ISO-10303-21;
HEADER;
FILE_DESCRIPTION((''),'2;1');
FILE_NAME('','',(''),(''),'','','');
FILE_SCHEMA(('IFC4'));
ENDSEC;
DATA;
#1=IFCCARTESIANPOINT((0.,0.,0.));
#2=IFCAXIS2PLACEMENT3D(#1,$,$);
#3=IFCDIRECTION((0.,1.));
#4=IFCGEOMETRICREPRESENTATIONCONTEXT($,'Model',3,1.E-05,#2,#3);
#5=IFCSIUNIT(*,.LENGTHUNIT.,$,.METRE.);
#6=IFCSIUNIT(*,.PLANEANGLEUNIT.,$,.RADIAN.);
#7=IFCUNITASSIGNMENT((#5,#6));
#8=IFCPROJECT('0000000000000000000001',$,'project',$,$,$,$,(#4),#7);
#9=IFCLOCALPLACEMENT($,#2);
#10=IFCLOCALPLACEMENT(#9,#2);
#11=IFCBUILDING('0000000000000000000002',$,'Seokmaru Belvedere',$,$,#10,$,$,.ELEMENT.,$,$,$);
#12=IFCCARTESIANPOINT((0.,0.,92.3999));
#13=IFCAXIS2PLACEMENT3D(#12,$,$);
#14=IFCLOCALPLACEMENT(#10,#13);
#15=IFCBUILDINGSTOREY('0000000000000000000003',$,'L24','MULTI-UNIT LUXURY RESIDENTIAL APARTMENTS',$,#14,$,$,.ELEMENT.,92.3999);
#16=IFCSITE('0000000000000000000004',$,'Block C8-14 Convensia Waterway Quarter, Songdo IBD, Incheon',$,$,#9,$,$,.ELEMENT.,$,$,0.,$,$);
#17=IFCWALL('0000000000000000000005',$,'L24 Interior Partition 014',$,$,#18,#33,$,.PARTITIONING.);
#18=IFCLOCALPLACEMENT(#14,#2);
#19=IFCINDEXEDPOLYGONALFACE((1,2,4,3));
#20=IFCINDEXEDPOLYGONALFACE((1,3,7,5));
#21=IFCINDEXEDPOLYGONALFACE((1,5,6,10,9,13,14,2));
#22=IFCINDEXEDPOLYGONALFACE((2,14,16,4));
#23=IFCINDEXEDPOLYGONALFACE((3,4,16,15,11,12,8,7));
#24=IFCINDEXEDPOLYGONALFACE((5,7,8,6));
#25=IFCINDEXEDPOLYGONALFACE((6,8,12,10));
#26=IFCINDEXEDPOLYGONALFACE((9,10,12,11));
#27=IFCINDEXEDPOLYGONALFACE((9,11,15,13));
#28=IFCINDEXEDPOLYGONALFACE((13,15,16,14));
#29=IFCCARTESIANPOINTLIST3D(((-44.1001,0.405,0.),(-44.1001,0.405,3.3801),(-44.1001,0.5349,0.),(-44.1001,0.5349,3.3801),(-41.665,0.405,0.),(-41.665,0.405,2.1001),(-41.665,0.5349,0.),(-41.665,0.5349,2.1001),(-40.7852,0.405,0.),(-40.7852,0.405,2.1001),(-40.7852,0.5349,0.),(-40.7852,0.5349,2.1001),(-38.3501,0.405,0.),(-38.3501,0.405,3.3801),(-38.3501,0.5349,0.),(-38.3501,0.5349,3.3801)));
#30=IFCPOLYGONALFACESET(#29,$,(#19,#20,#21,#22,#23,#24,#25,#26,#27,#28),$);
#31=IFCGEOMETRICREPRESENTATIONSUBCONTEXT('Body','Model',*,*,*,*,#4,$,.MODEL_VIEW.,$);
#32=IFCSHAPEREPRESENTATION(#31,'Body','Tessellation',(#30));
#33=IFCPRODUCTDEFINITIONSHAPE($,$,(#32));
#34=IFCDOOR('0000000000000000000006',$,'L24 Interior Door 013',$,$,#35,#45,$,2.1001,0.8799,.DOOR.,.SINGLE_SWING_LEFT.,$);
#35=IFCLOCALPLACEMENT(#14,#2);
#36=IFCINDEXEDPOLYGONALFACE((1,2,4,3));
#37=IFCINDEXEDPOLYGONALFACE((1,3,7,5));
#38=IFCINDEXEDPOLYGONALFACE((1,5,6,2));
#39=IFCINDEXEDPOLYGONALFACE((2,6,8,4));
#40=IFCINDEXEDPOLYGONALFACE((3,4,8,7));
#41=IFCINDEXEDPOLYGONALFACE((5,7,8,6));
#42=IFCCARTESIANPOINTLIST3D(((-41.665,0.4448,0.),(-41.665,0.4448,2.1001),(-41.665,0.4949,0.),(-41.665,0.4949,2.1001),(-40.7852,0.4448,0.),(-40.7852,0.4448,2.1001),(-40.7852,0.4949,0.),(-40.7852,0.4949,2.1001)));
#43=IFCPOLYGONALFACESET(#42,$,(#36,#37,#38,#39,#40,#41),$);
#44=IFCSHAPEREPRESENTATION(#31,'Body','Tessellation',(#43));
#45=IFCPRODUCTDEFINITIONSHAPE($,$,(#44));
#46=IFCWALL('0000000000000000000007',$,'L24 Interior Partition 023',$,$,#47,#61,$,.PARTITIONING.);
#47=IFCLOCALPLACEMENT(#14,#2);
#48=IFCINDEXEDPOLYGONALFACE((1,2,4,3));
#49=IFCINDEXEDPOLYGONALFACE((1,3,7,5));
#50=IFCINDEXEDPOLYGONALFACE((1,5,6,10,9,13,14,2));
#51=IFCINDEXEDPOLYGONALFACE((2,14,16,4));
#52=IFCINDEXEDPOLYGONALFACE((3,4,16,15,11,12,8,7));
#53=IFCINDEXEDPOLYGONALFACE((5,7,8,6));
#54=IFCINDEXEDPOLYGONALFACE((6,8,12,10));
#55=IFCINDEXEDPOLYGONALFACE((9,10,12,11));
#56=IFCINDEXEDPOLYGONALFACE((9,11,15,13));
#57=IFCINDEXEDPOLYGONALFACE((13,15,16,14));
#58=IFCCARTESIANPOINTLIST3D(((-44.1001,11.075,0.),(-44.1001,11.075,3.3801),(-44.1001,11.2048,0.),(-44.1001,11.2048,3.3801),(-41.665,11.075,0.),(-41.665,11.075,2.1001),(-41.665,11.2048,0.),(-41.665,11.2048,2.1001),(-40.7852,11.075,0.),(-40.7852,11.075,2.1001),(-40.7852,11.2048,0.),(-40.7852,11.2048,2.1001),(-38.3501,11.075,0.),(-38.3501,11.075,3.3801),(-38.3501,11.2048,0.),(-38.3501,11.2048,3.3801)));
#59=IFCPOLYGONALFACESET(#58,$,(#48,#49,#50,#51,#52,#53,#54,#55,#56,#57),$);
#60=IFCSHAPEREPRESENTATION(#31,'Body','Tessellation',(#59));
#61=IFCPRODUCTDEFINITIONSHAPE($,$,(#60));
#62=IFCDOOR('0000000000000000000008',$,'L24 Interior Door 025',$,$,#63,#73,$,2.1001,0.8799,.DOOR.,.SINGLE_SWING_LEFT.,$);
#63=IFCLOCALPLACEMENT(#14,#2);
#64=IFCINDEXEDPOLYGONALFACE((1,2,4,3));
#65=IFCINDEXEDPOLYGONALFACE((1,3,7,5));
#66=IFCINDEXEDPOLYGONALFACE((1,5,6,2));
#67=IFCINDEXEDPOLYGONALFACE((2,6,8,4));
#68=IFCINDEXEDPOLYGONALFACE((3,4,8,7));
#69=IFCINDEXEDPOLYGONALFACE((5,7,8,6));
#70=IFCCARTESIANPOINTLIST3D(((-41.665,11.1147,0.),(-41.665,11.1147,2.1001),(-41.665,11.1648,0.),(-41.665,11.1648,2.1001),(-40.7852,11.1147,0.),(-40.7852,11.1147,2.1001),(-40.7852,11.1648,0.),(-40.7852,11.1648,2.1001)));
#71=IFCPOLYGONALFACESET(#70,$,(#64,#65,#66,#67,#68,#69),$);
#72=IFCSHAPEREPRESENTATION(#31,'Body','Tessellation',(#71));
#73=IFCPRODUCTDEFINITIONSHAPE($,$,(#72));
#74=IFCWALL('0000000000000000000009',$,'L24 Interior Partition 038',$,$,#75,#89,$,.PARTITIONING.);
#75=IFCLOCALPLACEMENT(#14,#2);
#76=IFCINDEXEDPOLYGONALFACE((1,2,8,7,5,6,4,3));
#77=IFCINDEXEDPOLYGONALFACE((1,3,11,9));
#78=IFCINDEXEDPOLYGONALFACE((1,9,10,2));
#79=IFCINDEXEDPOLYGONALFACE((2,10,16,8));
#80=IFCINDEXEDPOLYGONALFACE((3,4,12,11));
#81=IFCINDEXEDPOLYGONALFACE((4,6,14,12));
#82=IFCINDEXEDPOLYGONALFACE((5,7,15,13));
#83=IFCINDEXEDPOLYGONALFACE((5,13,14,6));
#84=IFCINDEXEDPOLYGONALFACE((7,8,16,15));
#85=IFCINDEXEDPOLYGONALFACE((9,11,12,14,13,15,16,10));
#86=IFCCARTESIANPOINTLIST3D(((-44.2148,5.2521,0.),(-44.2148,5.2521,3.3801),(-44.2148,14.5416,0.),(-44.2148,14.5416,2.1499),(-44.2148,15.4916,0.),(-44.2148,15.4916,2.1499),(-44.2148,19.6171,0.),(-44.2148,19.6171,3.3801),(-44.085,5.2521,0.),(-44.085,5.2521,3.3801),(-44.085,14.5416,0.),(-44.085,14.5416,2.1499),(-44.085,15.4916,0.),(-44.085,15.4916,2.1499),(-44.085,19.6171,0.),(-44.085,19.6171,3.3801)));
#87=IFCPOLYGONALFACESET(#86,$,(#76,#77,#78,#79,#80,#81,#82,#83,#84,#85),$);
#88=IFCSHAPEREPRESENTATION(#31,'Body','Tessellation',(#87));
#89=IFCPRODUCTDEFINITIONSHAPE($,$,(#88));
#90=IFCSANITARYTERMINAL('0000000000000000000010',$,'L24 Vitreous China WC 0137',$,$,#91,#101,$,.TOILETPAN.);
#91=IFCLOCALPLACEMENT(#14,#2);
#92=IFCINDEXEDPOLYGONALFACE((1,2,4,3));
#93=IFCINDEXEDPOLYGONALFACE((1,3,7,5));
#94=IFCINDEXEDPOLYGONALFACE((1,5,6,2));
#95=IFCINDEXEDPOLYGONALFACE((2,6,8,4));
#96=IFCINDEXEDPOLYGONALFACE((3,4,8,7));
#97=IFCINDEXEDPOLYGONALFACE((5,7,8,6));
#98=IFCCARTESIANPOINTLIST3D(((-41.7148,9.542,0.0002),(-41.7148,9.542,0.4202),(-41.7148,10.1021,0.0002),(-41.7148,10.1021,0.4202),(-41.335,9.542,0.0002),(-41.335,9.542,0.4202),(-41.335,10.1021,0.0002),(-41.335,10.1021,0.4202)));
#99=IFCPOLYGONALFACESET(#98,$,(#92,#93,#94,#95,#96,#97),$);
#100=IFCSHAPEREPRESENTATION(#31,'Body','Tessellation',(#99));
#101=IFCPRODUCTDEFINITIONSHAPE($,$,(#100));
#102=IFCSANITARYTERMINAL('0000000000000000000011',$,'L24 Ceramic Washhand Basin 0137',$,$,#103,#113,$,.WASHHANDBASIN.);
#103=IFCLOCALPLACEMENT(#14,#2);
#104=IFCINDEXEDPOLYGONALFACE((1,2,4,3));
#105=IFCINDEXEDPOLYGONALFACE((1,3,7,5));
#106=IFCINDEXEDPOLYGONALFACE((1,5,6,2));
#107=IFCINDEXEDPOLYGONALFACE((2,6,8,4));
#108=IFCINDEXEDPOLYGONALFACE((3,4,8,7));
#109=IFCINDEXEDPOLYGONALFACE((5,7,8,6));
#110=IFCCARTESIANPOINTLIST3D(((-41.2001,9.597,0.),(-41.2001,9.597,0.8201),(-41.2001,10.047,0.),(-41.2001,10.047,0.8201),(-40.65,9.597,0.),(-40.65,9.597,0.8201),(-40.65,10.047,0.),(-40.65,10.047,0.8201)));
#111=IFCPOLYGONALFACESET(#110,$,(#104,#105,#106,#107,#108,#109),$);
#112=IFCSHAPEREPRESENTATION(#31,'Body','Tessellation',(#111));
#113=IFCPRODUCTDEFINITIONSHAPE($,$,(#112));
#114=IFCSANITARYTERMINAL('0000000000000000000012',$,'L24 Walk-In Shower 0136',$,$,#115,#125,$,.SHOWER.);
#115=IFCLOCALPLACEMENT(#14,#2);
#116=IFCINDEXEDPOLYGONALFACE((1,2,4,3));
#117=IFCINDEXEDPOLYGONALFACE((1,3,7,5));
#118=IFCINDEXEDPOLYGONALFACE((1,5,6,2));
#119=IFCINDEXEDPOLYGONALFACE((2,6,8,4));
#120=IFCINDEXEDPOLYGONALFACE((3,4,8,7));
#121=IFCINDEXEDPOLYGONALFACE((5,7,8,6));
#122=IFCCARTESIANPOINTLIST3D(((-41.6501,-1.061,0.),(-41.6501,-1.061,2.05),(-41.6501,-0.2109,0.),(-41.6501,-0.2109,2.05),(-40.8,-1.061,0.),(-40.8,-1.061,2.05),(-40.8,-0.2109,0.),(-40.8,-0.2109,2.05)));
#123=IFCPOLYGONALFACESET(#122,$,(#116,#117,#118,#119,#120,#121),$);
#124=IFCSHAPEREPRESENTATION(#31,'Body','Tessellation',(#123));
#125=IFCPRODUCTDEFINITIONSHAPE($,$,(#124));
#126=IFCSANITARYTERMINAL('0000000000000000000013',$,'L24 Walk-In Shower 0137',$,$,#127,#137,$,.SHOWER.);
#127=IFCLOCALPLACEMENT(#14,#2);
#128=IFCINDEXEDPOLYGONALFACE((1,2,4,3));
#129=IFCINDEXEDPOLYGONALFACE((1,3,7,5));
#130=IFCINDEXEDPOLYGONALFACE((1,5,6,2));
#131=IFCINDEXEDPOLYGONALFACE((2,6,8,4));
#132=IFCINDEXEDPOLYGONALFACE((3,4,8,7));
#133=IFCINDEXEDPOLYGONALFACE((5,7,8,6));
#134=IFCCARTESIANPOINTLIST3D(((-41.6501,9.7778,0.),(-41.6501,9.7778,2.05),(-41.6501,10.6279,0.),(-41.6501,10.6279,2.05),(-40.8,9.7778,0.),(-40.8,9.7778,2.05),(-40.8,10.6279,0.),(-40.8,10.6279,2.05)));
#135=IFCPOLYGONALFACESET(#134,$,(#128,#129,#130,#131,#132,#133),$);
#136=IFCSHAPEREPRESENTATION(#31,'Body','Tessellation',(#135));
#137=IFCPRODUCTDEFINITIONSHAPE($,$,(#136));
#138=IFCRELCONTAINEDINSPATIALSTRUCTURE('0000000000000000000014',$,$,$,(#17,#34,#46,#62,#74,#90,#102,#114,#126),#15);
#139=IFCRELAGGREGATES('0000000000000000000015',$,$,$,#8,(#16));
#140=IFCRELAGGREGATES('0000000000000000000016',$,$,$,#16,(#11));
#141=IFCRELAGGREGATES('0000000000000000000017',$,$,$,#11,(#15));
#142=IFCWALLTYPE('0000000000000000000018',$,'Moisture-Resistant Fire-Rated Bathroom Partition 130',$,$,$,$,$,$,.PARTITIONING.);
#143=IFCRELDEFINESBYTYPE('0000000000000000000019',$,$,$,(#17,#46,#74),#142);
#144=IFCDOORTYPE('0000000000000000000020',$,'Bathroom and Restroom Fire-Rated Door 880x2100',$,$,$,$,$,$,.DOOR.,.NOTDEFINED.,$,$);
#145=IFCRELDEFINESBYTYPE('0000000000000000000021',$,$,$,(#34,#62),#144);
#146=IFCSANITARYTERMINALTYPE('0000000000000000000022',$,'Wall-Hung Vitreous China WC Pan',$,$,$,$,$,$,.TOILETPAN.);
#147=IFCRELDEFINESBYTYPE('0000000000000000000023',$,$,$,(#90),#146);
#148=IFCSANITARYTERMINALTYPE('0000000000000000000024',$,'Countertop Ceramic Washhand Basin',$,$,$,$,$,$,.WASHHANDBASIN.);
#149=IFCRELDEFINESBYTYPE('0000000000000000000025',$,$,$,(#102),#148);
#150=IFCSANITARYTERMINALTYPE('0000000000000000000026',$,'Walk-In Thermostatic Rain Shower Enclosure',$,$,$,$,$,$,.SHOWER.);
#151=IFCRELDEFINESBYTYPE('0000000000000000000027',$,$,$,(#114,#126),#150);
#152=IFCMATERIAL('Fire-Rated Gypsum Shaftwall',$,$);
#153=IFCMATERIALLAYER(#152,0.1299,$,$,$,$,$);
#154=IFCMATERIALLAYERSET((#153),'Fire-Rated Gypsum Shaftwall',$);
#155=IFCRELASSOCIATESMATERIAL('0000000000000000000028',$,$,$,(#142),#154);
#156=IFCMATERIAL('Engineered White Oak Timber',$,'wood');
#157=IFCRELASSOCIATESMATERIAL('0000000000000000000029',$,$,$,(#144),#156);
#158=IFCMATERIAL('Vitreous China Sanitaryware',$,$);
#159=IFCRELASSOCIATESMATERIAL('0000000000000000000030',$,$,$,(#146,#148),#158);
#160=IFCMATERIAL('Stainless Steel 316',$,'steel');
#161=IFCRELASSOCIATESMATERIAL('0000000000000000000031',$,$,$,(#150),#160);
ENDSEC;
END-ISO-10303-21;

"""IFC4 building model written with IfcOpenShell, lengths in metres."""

from ifc_helpers import new_model, si_unit, direction, frame, frame_2d, origin, origin_2d, place, context, subcontext, project, spatial, rectangle, extrude, source, transform, mapped, material, layer, layer_set, type_object, type_shapes, element, fill, save


model = new_model("IFC4")

# Units and contexts
model_context = context("Model", 3, precision=1e-05, world=origin(), true_north=direction((0.0, 1.0)))
body_context = subcontext(model_context, "Body", "Model", "MODEL_VIEW")
ifc_project = project(units=[si_unit("LENGTHUNIT", "METRE"), si_unit("PLANEANGLEUNIT", "RADIAN")], contexts=[model_context])

# Site, building, storey
site_placement = place(None, origin())
site = spatial("IfcSite", under=ifc_project, at=site_placement, Name="Block C8-14 Convensia Waterway Quarter, Songdo IBD, Incheon", CompositionType="ELEMENT", RefElevation=0.0)
building_placement = place(site_placement, origin())
building = spatial("IfcBuilding", under=site, at=building_placement, Name="Seokmaru Belvedere", CompositionType="ELEMENT")
storey_placement = place(building_placement, frame((0.0, 0.0, 92.3999)))
storey = spatial("IfcBuildingStorey", under=building, at=storey_placement, Name="L24", Description="MULTI-UNIT LUXURY RESIDENTIAL APARTMENTS", CompositionType="ELEMENT", Elevation=92.3999)

# Walls, openings, doors
ifc_material_1 = material(Name="Fire-Rated Gypsum Shaftwall")
ifc_material_2 = material(Name="Engineered White Oak Timber", Category="wood")
ifc_layer_1 = layer(ifc_material_1, 0.1299)
ifc_layer_set_1 = layer_set([ifc_layer_1], Name="Fire-Rated Gypsum Shaftwall")
wall_type_1 = type_object("IfcWallType", Name="Moisture-Resistant Fire-Rated Bathroom Partition 130", PredefinedType="PARTITIONING", material=ifc_layer_set_1)
wall_1_placement = place(storey_placement, frame((-44.1001, 0.47, 0.0), z_axis=(0.0, 0.0, 1.0), x_axis=(1.0, 0.0, 0.0)))
wall_1 = element("IfcWall", 1, at=wall_1_placement, inside=storey, type_object=wall_type_1, Name="L24 Interior Partition 014", PredefinedType="PARTITIONING", context=body_context, shape_type="SweptSolid", body=[
    extrude(rectangle(XDim=5.75, YDim=0.1299, at=frame_2d((2.875, 0.0))), origin(), (0.0, 0.0, 1.0), 3.3801),
])
opening_1_placement = place(wall_1_placement, frame((2.4351, 0.0, 0.0)))
opening_1 = element("IfcOpeningElement", 2, at=opening_1_placement, cuts=wall_1, PredefinedType="OPENING", context=body_context, shape_type="SweptSolid", body=[
    extrude(rectangle(XDim=0.8799, YDim=2.1001, at=frame_2d((0.4399, 1.05))), frame((0.0, 0.075, 0.0), z_axis=(0.0, -1.0, 0.0), x_axis=(1.0, 0.0, 0.0)), (0.0, 0.0, 1.0), 0.1499),
])
door_type_1 = type_object("IfcDoorType", Name="Bathroom and Restroom Fire-Rated Door 880x2100", OperationType="NOTDEFINED", PredefinedType="DOOR", material=ifc_material_2)
shared_shape_1 = source(origin(), body_context, "Body", "SweptSolid", [
    extrude(rectangle(XDim=0.8799, YDim=2.1001, at=frame_2d((0.4399, 1.05))), frame((0.0, 0.0249, 0.0), z_axis=(0.0, -1.0, 0.0), x_axis=(1.0, 0.0, 0.0)), (0.0, 0.0, 1.0), 0.05),
])
type_shapes(door_type_1, [shared_shape_1])
door_1_placement = place(opening_1_placement, origin())
door_1 = element("IfcDoor", 3, at=door_1_placement, inside=storey, type_object=door_type_1, Name="L24 Interior Door 013", OperationType="SINGLE_SWING_LEFT", OverallHeight=2.1001, OverallWidth=0.8799, PredefinedType="DOOR", context=body_context, shape_type="MappedRepresentation", body=[
    mapped(shared_shape_1, transform((0.0, 0.0, 0.0), scale=1.0)),
])
fill(opening_1, door_1)
wall_2_placement = place(storey_placement, frame((-44.1001, 11.1399, 0.0), z_axis=(0.0, 0.0, 1.0), x_axis=(1.0, 0.0, 0.0)))
wall_2 = element("IfcWall", 4, at=wall_2_placement, inside=storey, type_object=wall_type_1, Name="L24 Interior Partition 023", PredefinedType="PARTITIONING", context=body_context, shape_type="SweptSolid", body=[
    extrude(rectangle(XDim=5.75, YDim=0.1299, at=frame_2d((2.875, 0.0))), origin(), (0.0, 0.0, 1.0), 3.3801),
])
opening_2_placement = place(wall_2_placement, frame((2.4351, 0.0, 0.0)))
opening_2 = element("IfcOpeningElement", 5, at=opening_2_placement, cuts=wall_2, PredefinedType="OPENING", context=body_context, shape_type="SweptSolid", body=[
    extrude(rectangle(XDim=0.8799, YDim=2.1001, at=frame_2d((0.4399, 1.05))), frame((0.0, 0.075, 0.0), z_axis=(0.0, -1.0, 0.0), x_axis=(1.0, 0.0, 0.0)), (0.0, 0.0, 1.0), 0.1499),
])
door_2_placement = place(opening_2_placement, origin())
door_2 = element("IfcDoor", 6, at=door_2_placement, inside=storey, type_object=door_type_1, Name="L24 Interior Door 025", OperationType="SINGLE_SWING_LEFT", OverallHeight=2.1001, OverallWidth=0.8799, PredefinedType="DOOR", context=body_context, shape_type="MappedRepresentation", body=[
    mapped(shared_shape_1, transform((0.0, 0.0, 0.0), scale=1.0)),
])
fill(opening_2, door_2)

# Wall, opening
wall_3_placement = place(storey_placement, frame((-44.1499, 5.252, 0.0), z_axis=(0.0, 0.0, 1.0), x_axis=(0.0, 1.0, 0.0)))
wall_3 = element("IfcWall", 7, at=wall_3_placement, inside=storey, type_object=wall_type_1, Name="L24 Interior Partition 038", PredefinedType="PARTITIONING", context=body_context, shape_type="SweptSolid", body=[
    extrude(rectangle(XDim=14.365, YDim=0.1299, at=frame_2d((7.1826, 0.0))), origin(), (0.0, 0.0, 1.0), 3.3801),
])
opening_3_placement = place(wall_3_placement, frame((9.2896, 0.0, 0.0)))
element("IfcOpeningElement", 8, at=opening_3_placement, cuts=wall_3, PredefinedType="OPENING", context=body_context, shape_type="SweptSolid", body=[
    extrude(rectangle(XDim=0.95, YDim=2.1499, at=frame_2d((0.4751, 1.075))), frame((0.0, 0.075, 0.0), z_axis=(0.0, -1.0, 0.0), x_axis=(1.0, 0.0, 0.0)), (0.0, 0.0, 1.0), 0.1499),
])

# Sanitary terminals
ifc_material_3 = material(Name="Vitreous China Sanitaryware")
sanitary_terminal_type_1 = type_object("IfcSanitaryTerminalType", Name="Wall-Hung Vitreous China WC Pan", PredefinedType="TOILETPAN", material=ifc_material_3)
shared_shape_2 = source(origin(), body_context, "Body", "SweptSolid", [
    extrude(rectangle(XDim=0.3799, YDim=0.5601, at=origin_2d()), origin(), (0.0, 0.0, 1.0), 0.4199),
])
type_shapes(sanitary_terminal_type_1, [shared_shape_2])
sanitary_terminal_1_placement = place(storey_placement, frame((-41.5249, 9.822, 0.0002), z_axis=(0.0, 0.0, 1.0), x_axis=(1.0, 0.0, 0.0)))
element("IfcSanitaryTerminal", 9, at=sanitary_terminal_1_placement, inside=storey, type_object=sanitary_terminal_type_1, Name="L24 Vitreous China WC 0137", PredefinedType="TOILETPAN", context=body_context, shape_type="MappedRepresentation", body=[
    mapped(shared_shape_2, transform((0.0, 0.0, 0.0), scale=1.0)),
])
sanitary_terminal_type_2 = type_object("IfcSanitaryTerminalType", Name="Countertop Ceramic Washhand Basin", PredefinedType="WASHHANDBASIN", material=ifc_material_3)
shared_shape_3 = source(origin(), body_context, "Body", "SweptSolid", [
    extrude(rectangle(XDim=0.55, YDim=0.45, at=origin_2d()), origin(), (0.0, 0.0, 1.0), 0.8201),
])
type_shapes(sanitary_terminal_type_2, [shared_shape_3])
sanitary_terminal_2_placement = place(storey_placement, frame((-40.925, 9.822, 0.0), z_axis=(0.0, 0.0, 1.0), x_axis=(1.0, 0.0, 0.0)))
element("IfcSanitaryTerminal", 10, at=sanitary_terminal_2_placement, inside=storey, type_object=sanitary_terminal_type_2, Name="L24 Ceramic Washhand Basin 0137", PredefinedType="WASHHANDBASIN", context=body_context, shape_type="MappedRepresentation", body=[
    mapped(shared_shape_3, transform((0.0, 0.0, 0.0), scale=1.0)),
])
ifc_material_4 = material(Name="Stainless Steel 316", Category="steel")
sanitary_terminal_type_3 = type_object("IfcSanitaryTerminalType", Name="Walk-In Thermostatic Rain Shower Enclosure", PredefinedType="SHOWER", material=ifc_material_4)
shared_shape_4 = source(origin(), body_context, "Body", "SweptSolid", [
    extrude(rectangle(XDim=0.8501, YDim=0.8501, at=origin_2d()), origin(), (0.0, 0.0, 1.0), 2.05),
])
type_shapes(sanitary_terminal_type_3, [shared_shape_4])
for number, where, z_axis, x_axis, name in (
    (11, (-41.2251, -0.636, 0.0), (0.0, 0.0, 1.0), (1.0, 0.0, 0.0), "L24 Walk-In Shower 0136"),
    (12, (-41.2251, 10.2029, 0.0), (0.0, 0.0, 1.0), (1.0, 0.0, 0.0), "L24 Walk-In Shower 0137"),
):
    element("IfcSanitaryTerminal", number, at=place(storey_placement, frame(where, z_axis=z_axis, x_axis=x_axis)), inside=storey, type_object=sanitary_terminal_type_3, Name=name, PredefinedType="SHOWER", context=body_context, shape_type="MappedRepresentation", body=[
        mapped(shared_shape_4, transform((0.0, 0.0, 0.0), scale=1.0)),
    ])

save(model, "model.ifc")
